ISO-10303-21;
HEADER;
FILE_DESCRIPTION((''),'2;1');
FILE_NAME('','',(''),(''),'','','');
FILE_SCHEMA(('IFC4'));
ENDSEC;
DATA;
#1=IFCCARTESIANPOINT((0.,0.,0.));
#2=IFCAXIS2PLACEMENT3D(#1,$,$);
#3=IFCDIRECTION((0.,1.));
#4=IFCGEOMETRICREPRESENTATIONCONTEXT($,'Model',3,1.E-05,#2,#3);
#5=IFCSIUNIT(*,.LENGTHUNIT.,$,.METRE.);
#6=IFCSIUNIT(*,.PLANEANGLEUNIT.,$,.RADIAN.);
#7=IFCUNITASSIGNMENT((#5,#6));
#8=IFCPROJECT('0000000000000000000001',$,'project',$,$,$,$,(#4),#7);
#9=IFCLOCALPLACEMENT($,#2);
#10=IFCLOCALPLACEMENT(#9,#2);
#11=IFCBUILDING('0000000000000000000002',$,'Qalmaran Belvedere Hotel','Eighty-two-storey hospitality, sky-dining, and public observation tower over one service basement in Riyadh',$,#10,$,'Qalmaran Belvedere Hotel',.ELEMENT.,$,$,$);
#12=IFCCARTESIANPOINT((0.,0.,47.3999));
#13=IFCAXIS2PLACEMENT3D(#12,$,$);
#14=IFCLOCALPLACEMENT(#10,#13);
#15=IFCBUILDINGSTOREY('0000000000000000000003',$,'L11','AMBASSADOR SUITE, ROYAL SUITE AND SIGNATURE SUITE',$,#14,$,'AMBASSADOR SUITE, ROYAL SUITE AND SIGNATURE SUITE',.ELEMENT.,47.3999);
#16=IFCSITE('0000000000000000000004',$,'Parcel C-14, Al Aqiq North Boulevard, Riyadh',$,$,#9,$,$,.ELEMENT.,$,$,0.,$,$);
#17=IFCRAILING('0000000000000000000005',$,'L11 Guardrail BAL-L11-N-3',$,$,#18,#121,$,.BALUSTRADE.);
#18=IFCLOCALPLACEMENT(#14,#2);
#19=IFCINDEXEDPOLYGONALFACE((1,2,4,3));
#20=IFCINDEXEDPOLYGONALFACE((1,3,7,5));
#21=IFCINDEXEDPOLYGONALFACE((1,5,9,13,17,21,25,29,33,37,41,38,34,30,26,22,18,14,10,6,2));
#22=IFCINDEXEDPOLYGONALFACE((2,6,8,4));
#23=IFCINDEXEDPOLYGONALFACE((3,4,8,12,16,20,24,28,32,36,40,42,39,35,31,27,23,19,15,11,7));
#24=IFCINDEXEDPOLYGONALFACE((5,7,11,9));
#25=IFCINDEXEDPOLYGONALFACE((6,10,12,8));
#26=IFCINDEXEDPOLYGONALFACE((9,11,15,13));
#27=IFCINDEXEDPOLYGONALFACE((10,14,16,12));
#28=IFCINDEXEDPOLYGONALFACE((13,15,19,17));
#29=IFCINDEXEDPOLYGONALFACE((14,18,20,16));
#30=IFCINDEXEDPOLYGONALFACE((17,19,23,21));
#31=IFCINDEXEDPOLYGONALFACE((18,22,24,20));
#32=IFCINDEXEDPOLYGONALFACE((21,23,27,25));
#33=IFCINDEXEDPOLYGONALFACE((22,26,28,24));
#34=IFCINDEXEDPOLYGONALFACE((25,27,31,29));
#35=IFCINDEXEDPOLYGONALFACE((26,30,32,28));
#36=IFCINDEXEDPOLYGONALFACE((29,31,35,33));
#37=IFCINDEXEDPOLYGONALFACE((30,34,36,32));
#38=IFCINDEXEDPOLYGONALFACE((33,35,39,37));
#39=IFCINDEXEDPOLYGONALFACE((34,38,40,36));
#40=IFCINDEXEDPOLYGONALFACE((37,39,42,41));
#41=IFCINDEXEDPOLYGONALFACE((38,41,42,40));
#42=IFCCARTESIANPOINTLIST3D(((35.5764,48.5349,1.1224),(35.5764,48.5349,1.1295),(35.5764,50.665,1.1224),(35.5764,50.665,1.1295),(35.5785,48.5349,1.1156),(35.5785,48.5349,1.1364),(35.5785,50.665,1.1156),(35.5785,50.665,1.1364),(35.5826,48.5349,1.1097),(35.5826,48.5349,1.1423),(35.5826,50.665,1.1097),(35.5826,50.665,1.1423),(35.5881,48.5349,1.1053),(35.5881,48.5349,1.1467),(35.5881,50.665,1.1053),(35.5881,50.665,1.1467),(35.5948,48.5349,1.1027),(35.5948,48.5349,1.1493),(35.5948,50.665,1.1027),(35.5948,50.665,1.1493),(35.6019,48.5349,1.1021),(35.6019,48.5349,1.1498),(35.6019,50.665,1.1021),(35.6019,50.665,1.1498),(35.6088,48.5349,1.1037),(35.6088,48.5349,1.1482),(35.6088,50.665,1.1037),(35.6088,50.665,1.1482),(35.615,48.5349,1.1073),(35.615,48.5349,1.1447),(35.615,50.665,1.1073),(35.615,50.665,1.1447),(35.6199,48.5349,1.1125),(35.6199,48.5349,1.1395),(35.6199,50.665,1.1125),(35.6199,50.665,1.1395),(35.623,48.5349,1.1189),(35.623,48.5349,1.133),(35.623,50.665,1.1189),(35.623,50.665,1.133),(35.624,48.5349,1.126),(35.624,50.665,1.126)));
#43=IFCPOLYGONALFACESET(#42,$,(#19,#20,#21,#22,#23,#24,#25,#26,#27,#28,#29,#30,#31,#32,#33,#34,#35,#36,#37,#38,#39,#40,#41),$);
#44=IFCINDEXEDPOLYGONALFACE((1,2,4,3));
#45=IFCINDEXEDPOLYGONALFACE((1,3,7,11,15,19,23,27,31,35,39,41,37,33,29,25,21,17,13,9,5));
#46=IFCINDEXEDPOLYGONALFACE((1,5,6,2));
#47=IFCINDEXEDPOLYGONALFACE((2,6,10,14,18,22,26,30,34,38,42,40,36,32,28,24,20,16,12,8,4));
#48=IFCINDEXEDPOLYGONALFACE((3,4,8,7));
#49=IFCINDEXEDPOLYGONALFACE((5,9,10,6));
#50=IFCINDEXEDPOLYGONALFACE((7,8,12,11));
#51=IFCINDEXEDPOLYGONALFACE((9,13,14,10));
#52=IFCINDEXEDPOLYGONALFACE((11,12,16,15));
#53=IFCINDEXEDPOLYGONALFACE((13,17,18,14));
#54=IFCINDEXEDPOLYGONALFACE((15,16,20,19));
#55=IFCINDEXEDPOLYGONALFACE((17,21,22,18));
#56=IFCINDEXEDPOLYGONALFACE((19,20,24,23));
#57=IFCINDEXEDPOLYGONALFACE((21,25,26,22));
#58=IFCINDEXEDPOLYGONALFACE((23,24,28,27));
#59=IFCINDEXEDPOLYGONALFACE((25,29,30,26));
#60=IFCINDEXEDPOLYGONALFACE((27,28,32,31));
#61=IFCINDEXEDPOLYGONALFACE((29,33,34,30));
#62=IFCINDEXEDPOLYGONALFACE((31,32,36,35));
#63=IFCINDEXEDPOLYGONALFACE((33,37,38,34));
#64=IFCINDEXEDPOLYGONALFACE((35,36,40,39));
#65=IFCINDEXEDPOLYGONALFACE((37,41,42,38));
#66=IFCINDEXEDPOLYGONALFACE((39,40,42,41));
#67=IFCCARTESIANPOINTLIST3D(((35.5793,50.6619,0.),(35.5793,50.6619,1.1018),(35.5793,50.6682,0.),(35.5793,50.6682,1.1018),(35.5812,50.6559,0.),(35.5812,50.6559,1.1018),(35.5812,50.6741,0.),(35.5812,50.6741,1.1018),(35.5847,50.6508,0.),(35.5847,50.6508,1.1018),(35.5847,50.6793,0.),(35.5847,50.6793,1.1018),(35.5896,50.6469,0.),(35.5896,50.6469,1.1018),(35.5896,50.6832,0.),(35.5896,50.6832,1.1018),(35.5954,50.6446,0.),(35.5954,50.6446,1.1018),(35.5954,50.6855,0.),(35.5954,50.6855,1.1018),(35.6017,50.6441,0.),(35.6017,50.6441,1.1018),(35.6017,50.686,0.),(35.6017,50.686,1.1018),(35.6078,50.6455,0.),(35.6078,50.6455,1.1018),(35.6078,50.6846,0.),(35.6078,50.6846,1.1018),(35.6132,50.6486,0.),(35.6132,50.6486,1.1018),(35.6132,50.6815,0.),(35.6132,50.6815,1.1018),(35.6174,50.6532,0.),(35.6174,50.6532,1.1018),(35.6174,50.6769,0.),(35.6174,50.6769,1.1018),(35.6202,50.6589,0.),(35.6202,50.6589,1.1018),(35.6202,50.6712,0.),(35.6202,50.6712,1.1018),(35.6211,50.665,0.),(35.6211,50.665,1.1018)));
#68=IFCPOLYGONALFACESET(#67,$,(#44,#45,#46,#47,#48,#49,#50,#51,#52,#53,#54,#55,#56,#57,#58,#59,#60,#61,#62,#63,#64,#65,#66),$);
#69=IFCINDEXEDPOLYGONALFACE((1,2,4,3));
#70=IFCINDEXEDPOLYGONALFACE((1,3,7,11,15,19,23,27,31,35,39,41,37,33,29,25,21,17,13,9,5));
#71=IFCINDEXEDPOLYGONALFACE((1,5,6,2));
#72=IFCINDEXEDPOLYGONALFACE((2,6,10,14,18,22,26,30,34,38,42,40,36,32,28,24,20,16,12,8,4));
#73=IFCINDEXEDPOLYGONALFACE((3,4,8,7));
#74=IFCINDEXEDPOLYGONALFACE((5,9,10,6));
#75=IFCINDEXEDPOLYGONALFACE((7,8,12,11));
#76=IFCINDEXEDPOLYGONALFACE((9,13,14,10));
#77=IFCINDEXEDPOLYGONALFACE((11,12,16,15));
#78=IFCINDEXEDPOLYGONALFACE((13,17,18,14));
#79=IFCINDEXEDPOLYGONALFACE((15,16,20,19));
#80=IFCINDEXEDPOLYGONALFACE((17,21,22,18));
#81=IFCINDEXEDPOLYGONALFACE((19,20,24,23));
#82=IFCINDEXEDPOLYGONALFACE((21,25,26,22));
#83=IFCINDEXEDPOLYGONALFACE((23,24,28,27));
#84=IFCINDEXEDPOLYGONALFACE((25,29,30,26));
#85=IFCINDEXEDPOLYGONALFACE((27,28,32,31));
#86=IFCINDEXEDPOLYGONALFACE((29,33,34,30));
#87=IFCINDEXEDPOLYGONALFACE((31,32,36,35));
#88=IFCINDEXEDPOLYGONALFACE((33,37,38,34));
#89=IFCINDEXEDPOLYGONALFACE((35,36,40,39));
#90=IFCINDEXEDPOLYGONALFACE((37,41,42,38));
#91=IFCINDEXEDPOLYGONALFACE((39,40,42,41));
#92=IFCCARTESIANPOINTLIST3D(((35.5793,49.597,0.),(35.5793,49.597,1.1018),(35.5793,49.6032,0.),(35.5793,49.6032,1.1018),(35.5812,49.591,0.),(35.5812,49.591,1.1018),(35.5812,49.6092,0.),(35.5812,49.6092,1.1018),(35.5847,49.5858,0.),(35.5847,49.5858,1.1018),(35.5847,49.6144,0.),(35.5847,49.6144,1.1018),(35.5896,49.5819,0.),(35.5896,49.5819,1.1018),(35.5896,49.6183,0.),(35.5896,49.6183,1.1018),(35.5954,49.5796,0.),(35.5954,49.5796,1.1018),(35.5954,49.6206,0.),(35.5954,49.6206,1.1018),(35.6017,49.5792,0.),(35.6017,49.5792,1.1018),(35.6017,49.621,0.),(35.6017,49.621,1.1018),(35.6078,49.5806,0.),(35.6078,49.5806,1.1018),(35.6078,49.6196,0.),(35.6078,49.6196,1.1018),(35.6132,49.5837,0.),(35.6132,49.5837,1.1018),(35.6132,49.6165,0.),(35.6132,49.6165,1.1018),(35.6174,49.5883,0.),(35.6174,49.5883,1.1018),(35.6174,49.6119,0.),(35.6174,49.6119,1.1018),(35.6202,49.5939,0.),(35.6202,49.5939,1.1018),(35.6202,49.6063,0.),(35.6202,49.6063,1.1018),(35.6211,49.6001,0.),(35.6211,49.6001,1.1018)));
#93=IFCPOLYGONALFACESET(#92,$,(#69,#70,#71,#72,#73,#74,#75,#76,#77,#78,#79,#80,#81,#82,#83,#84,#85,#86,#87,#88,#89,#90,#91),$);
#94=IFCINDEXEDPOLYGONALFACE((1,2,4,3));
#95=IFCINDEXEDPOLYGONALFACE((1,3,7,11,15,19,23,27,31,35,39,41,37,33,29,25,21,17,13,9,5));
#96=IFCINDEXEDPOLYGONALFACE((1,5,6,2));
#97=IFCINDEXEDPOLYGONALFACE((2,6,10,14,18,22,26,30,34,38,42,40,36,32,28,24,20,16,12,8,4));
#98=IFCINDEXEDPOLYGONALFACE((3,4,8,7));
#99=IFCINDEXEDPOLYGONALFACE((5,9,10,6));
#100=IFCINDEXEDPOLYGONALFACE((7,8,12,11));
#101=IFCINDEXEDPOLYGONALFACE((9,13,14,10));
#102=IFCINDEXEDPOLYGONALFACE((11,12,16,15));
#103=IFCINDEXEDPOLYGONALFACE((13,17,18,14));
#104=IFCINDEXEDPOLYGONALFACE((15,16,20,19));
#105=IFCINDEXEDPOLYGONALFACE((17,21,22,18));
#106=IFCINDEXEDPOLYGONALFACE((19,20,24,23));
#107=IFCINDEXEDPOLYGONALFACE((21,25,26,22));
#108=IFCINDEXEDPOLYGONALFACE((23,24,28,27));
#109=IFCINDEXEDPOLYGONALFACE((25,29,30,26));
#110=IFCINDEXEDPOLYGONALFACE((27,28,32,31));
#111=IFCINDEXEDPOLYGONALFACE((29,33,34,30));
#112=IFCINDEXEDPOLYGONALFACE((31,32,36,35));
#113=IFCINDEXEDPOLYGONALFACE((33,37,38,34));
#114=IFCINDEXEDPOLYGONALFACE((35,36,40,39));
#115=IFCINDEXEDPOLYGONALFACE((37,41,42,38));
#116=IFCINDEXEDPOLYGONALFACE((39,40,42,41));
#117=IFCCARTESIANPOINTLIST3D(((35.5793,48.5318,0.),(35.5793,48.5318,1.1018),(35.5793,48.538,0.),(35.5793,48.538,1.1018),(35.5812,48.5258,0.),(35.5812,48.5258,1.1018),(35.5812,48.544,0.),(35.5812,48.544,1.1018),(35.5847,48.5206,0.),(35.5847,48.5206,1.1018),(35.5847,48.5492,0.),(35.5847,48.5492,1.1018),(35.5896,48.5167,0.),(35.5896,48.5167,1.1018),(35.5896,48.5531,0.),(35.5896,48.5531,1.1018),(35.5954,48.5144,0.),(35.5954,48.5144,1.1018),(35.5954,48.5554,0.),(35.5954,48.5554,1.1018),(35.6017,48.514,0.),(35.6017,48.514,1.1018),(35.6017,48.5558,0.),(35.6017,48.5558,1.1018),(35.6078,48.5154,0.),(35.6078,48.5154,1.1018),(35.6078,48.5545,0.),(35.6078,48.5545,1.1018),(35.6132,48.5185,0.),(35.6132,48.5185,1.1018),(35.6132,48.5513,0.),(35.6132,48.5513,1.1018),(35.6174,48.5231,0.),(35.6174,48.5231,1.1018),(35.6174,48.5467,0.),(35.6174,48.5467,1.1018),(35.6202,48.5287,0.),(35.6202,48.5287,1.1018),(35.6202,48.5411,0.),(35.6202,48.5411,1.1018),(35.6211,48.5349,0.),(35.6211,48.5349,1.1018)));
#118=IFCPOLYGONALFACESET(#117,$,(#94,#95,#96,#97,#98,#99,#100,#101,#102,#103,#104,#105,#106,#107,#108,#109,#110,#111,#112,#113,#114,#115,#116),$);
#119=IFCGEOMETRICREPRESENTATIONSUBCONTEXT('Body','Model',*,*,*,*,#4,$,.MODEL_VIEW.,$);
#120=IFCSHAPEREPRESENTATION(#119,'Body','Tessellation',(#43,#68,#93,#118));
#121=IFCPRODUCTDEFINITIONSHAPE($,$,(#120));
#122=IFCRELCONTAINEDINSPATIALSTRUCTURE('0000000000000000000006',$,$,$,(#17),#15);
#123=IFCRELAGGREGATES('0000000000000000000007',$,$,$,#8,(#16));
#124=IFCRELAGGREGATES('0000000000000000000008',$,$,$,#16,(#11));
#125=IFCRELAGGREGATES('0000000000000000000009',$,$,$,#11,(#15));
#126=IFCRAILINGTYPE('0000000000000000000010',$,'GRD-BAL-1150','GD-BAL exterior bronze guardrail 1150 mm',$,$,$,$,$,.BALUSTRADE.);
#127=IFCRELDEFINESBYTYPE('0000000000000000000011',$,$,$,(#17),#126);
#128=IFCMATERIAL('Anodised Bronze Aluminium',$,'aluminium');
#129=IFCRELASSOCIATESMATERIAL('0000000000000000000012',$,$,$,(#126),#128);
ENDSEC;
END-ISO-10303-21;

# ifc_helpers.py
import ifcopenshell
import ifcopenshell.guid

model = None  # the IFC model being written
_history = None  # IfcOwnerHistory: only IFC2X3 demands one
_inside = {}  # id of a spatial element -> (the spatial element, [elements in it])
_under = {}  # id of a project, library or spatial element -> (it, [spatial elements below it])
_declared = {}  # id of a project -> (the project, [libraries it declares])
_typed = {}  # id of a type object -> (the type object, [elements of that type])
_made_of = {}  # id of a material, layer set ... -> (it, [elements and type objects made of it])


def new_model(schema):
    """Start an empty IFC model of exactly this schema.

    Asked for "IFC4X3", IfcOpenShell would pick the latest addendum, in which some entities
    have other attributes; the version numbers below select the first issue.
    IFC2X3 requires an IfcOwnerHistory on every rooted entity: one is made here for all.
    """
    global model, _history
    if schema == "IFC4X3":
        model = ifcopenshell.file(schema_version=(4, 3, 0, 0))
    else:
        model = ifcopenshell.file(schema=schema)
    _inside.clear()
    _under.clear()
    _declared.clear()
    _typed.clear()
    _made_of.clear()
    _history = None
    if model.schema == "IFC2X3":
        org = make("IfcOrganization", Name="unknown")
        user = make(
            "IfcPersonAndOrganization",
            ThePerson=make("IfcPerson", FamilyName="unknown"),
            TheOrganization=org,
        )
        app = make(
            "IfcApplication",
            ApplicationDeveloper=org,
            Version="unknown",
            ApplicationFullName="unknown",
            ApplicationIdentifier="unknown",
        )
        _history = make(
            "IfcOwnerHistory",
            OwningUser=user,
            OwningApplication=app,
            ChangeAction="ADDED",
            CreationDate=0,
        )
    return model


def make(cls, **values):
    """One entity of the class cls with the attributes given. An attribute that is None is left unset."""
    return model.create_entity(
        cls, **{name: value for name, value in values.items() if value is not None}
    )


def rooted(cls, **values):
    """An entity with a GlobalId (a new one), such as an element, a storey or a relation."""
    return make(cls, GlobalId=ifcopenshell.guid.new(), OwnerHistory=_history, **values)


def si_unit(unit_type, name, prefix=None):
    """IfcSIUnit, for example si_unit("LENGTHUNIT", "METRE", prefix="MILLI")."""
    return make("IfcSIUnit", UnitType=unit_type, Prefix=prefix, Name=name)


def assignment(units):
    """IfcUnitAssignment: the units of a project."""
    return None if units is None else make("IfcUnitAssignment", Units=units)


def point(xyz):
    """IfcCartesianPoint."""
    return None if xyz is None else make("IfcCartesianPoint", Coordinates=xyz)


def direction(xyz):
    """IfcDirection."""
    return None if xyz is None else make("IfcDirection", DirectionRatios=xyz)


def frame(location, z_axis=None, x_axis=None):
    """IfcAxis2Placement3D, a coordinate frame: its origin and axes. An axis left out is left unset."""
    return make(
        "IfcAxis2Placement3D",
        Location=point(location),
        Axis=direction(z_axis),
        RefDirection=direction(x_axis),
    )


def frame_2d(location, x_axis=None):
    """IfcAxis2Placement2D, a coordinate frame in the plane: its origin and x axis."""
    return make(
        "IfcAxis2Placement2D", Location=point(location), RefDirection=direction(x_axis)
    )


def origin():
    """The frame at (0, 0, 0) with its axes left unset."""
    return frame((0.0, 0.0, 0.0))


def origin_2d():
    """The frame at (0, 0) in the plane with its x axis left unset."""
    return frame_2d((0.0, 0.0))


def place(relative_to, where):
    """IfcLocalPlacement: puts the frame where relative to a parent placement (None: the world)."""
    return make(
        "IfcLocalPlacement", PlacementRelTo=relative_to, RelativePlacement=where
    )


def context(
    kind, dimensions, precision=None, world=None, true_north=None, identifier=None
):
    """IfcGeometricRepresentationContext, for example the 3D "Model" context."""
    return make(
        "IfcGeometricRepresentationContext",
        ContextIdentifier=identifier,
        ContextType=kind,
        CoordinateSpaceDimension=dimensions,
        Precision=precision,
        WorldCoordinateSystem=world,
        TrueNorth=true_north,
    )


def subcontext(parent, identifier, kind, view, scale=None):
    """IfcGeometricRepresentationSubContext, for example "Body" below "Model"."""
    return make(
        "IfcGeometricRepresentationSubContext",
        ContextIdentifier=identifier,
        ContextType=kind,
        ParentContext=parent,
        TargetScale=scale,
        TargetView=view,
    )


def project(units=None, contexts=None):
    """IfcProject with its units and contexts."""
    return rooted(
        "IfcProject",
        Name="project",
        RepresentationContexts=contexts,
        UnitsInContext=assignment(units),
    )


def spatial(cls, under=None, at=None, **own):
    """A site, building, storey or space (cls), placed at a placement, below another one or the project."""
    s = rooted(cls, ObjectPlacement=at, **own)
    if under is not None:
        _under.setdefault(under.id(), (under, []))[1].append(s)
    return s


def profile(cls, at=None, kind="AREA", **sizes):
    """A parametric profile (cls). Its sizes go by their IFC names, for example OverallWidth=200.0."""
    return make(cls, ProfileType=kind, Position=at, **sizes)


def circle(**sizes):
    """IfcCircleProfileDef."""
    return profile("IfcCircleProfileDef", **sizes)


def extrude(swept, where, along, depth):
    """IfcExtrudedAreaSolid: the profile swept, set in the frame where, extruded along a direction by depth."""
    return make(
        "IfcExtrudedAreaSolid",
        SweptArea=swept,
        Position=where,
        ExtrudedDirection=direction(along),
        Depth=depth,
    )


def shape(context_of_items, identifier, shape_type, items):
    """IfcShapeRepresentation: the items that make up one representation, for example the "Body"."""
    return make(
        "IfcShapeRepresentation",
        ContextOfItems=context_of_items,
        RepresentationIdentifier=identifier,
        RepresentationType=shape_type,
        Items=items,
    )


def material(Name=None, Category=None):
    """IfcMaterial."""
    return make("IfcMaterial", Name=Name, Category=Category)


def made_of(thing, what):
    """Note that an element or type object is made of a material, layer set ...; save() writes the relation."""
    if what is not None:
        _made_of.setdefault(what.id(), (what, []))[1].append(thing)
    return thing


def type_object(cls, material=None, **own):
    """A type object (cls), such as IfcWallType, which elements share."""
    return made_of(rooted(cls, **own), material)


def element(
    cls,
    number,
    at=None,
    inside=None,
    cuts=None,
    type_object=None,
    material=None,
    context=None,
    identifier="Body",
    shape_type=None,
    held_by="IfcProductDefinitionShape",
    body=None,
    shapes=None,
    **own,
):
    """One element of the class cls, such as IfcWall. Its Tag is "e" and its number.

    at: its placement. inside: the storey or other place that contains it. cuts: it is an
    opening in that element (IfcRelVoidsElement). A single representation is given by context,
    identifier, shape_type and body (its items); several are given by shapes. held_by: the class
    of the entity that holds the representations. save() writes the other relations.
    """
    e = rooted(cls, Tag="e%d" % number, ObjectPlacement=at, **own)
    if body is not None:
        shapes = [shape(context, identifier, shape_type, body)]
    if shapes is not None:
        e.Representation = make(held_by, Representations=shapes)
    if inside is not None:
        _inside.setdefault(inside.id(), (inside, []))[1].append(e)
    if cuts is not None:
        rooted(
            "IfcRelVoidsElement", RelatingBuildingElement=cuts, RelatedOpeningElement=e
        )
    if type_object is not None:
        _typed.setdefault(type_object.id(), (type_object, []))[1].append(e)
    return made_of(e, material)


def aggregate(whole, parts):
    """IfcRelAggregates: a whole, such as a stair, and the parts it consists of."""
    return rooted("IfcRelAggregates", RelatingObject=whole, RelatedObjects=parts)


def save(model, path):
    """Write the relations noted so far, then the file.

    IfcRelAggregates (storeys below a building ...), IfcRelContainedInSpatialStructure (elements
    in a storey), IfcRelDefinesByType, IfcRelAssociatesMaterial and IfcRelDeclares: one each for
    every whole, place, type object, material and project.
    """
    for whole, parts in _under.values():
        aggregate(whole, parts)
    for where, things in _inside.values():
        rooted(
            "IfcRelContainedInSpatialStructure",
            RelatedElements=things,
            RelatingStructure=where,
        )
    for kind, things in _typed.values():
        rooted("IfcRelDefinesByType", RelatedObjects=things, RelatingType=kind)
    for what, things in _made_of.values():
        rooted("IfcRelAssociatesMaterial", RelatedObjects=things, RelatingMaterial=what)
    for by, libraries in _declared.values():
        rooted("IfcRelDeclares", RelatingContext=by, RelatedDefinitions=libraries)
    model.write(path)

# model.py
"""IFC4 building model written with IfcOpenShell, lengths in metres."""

from ifc_helpers import new_model, si_unit, direction, frame, origin, origin_2d, place, context, subcontext, project, spatial, circle, extrude, material, type_object, element, save


model = new_model("IFC4")

# Units and contexts
model_context = context("Model", 3, precision=1e-05, world=origin(), true_north=direction((0.0, 1.0)))
body_context = subcontext(model_context, "Body", "Model", "MODEL_VIEW")
ifc_project = project(units=[si_unit("LENGTHUNIT", "METRE"), si_unit("PLANEANGLEUNIT", "RADIAN")], contexts=[model_context])

# Site, building, storey
site_placement = place(None, origin())
site = spatial("IfcSite", under=ifc_project, at=site_placement, Name="Parcel C-14, Al Aqiq North Boulevard, Riyadh", CompositionType="ELEMENT", RefElevation=0.0)
building_placement = place(site_placement, origin())
building = spatial("IfcBuilding", under=site, at=building_placement, Name="Qalmaran Belvedere Hotel", Description="Eighty-two-storey hospitality, sky-dining, and public observation tower over one service basement in Riyadh", LongName="Qalmaran Belvedere Hotel", CompositionType="ELEMENT")
storey_placement = place(building_placement, frame((0.0, 0.0, 47.3999)))
storey = spatial("IfcBuildingStorey", under=building, at=storey_placement, Name="L11", Description="AMBASSADOR SUITE, ROYAL SUITE AND SIGNATURE SUITE", LongName="AMBASSADOR SUITE, ROYAL SUITE AND SIGNATURE SUITE", CompositionType="ELEMENT", Elevation=47.3999)

# Shared definitions
ifc_material_1 = material(Name="Anodised Bronze Aluminium", Category="aluminium")

# Railing
railing_type = type_object("IfcRailingType", Name="GRD-BAL-1150", Description="GD-BAL exterior bronze guardrail 1150 mm", PredefinedType="BALUSTRADE", material=ifc_material_1)
railing_1_placement = place(storey_placement, frame((35.6001, 50.665, 0.0)))
element("IfcRailing", 1, at=railing_1_placement, inside=storey, type_object=railing_type, Name="L11 Guardrail BAL-L11-N-3", PredefinedType="BALUSTRADE", context=body_context, shape_type="SweptSolid", body=[
    extrude(circle(Radius=0.0239, at=origin_2d()), frame((0.0, 0.0, 1.126), z_axis=(0.0, -1.0, 0.0), x_axis=(1.0, 0.0, 0.0)), (0.0, 0.0, 1.0), 2.1301),
    extrude(circle(Radius=0.021, at=origin_2d()), origin(), (0.0, 0.0, 1.0), 1.1018),
    extrude(circle(Radius=0.021, at=origin_2d()), frame((0.0, -1.0649, 0.0)), (0.0, 0.0, 1.0), 1.1018),
    extrude(circle(Radius=0.021, at=origin_2d()), frame((0.0, -2.1301, 0.0)), (0.0, 0.0, 1.0), 1.1018),
])

save(model, "model.ifc")
